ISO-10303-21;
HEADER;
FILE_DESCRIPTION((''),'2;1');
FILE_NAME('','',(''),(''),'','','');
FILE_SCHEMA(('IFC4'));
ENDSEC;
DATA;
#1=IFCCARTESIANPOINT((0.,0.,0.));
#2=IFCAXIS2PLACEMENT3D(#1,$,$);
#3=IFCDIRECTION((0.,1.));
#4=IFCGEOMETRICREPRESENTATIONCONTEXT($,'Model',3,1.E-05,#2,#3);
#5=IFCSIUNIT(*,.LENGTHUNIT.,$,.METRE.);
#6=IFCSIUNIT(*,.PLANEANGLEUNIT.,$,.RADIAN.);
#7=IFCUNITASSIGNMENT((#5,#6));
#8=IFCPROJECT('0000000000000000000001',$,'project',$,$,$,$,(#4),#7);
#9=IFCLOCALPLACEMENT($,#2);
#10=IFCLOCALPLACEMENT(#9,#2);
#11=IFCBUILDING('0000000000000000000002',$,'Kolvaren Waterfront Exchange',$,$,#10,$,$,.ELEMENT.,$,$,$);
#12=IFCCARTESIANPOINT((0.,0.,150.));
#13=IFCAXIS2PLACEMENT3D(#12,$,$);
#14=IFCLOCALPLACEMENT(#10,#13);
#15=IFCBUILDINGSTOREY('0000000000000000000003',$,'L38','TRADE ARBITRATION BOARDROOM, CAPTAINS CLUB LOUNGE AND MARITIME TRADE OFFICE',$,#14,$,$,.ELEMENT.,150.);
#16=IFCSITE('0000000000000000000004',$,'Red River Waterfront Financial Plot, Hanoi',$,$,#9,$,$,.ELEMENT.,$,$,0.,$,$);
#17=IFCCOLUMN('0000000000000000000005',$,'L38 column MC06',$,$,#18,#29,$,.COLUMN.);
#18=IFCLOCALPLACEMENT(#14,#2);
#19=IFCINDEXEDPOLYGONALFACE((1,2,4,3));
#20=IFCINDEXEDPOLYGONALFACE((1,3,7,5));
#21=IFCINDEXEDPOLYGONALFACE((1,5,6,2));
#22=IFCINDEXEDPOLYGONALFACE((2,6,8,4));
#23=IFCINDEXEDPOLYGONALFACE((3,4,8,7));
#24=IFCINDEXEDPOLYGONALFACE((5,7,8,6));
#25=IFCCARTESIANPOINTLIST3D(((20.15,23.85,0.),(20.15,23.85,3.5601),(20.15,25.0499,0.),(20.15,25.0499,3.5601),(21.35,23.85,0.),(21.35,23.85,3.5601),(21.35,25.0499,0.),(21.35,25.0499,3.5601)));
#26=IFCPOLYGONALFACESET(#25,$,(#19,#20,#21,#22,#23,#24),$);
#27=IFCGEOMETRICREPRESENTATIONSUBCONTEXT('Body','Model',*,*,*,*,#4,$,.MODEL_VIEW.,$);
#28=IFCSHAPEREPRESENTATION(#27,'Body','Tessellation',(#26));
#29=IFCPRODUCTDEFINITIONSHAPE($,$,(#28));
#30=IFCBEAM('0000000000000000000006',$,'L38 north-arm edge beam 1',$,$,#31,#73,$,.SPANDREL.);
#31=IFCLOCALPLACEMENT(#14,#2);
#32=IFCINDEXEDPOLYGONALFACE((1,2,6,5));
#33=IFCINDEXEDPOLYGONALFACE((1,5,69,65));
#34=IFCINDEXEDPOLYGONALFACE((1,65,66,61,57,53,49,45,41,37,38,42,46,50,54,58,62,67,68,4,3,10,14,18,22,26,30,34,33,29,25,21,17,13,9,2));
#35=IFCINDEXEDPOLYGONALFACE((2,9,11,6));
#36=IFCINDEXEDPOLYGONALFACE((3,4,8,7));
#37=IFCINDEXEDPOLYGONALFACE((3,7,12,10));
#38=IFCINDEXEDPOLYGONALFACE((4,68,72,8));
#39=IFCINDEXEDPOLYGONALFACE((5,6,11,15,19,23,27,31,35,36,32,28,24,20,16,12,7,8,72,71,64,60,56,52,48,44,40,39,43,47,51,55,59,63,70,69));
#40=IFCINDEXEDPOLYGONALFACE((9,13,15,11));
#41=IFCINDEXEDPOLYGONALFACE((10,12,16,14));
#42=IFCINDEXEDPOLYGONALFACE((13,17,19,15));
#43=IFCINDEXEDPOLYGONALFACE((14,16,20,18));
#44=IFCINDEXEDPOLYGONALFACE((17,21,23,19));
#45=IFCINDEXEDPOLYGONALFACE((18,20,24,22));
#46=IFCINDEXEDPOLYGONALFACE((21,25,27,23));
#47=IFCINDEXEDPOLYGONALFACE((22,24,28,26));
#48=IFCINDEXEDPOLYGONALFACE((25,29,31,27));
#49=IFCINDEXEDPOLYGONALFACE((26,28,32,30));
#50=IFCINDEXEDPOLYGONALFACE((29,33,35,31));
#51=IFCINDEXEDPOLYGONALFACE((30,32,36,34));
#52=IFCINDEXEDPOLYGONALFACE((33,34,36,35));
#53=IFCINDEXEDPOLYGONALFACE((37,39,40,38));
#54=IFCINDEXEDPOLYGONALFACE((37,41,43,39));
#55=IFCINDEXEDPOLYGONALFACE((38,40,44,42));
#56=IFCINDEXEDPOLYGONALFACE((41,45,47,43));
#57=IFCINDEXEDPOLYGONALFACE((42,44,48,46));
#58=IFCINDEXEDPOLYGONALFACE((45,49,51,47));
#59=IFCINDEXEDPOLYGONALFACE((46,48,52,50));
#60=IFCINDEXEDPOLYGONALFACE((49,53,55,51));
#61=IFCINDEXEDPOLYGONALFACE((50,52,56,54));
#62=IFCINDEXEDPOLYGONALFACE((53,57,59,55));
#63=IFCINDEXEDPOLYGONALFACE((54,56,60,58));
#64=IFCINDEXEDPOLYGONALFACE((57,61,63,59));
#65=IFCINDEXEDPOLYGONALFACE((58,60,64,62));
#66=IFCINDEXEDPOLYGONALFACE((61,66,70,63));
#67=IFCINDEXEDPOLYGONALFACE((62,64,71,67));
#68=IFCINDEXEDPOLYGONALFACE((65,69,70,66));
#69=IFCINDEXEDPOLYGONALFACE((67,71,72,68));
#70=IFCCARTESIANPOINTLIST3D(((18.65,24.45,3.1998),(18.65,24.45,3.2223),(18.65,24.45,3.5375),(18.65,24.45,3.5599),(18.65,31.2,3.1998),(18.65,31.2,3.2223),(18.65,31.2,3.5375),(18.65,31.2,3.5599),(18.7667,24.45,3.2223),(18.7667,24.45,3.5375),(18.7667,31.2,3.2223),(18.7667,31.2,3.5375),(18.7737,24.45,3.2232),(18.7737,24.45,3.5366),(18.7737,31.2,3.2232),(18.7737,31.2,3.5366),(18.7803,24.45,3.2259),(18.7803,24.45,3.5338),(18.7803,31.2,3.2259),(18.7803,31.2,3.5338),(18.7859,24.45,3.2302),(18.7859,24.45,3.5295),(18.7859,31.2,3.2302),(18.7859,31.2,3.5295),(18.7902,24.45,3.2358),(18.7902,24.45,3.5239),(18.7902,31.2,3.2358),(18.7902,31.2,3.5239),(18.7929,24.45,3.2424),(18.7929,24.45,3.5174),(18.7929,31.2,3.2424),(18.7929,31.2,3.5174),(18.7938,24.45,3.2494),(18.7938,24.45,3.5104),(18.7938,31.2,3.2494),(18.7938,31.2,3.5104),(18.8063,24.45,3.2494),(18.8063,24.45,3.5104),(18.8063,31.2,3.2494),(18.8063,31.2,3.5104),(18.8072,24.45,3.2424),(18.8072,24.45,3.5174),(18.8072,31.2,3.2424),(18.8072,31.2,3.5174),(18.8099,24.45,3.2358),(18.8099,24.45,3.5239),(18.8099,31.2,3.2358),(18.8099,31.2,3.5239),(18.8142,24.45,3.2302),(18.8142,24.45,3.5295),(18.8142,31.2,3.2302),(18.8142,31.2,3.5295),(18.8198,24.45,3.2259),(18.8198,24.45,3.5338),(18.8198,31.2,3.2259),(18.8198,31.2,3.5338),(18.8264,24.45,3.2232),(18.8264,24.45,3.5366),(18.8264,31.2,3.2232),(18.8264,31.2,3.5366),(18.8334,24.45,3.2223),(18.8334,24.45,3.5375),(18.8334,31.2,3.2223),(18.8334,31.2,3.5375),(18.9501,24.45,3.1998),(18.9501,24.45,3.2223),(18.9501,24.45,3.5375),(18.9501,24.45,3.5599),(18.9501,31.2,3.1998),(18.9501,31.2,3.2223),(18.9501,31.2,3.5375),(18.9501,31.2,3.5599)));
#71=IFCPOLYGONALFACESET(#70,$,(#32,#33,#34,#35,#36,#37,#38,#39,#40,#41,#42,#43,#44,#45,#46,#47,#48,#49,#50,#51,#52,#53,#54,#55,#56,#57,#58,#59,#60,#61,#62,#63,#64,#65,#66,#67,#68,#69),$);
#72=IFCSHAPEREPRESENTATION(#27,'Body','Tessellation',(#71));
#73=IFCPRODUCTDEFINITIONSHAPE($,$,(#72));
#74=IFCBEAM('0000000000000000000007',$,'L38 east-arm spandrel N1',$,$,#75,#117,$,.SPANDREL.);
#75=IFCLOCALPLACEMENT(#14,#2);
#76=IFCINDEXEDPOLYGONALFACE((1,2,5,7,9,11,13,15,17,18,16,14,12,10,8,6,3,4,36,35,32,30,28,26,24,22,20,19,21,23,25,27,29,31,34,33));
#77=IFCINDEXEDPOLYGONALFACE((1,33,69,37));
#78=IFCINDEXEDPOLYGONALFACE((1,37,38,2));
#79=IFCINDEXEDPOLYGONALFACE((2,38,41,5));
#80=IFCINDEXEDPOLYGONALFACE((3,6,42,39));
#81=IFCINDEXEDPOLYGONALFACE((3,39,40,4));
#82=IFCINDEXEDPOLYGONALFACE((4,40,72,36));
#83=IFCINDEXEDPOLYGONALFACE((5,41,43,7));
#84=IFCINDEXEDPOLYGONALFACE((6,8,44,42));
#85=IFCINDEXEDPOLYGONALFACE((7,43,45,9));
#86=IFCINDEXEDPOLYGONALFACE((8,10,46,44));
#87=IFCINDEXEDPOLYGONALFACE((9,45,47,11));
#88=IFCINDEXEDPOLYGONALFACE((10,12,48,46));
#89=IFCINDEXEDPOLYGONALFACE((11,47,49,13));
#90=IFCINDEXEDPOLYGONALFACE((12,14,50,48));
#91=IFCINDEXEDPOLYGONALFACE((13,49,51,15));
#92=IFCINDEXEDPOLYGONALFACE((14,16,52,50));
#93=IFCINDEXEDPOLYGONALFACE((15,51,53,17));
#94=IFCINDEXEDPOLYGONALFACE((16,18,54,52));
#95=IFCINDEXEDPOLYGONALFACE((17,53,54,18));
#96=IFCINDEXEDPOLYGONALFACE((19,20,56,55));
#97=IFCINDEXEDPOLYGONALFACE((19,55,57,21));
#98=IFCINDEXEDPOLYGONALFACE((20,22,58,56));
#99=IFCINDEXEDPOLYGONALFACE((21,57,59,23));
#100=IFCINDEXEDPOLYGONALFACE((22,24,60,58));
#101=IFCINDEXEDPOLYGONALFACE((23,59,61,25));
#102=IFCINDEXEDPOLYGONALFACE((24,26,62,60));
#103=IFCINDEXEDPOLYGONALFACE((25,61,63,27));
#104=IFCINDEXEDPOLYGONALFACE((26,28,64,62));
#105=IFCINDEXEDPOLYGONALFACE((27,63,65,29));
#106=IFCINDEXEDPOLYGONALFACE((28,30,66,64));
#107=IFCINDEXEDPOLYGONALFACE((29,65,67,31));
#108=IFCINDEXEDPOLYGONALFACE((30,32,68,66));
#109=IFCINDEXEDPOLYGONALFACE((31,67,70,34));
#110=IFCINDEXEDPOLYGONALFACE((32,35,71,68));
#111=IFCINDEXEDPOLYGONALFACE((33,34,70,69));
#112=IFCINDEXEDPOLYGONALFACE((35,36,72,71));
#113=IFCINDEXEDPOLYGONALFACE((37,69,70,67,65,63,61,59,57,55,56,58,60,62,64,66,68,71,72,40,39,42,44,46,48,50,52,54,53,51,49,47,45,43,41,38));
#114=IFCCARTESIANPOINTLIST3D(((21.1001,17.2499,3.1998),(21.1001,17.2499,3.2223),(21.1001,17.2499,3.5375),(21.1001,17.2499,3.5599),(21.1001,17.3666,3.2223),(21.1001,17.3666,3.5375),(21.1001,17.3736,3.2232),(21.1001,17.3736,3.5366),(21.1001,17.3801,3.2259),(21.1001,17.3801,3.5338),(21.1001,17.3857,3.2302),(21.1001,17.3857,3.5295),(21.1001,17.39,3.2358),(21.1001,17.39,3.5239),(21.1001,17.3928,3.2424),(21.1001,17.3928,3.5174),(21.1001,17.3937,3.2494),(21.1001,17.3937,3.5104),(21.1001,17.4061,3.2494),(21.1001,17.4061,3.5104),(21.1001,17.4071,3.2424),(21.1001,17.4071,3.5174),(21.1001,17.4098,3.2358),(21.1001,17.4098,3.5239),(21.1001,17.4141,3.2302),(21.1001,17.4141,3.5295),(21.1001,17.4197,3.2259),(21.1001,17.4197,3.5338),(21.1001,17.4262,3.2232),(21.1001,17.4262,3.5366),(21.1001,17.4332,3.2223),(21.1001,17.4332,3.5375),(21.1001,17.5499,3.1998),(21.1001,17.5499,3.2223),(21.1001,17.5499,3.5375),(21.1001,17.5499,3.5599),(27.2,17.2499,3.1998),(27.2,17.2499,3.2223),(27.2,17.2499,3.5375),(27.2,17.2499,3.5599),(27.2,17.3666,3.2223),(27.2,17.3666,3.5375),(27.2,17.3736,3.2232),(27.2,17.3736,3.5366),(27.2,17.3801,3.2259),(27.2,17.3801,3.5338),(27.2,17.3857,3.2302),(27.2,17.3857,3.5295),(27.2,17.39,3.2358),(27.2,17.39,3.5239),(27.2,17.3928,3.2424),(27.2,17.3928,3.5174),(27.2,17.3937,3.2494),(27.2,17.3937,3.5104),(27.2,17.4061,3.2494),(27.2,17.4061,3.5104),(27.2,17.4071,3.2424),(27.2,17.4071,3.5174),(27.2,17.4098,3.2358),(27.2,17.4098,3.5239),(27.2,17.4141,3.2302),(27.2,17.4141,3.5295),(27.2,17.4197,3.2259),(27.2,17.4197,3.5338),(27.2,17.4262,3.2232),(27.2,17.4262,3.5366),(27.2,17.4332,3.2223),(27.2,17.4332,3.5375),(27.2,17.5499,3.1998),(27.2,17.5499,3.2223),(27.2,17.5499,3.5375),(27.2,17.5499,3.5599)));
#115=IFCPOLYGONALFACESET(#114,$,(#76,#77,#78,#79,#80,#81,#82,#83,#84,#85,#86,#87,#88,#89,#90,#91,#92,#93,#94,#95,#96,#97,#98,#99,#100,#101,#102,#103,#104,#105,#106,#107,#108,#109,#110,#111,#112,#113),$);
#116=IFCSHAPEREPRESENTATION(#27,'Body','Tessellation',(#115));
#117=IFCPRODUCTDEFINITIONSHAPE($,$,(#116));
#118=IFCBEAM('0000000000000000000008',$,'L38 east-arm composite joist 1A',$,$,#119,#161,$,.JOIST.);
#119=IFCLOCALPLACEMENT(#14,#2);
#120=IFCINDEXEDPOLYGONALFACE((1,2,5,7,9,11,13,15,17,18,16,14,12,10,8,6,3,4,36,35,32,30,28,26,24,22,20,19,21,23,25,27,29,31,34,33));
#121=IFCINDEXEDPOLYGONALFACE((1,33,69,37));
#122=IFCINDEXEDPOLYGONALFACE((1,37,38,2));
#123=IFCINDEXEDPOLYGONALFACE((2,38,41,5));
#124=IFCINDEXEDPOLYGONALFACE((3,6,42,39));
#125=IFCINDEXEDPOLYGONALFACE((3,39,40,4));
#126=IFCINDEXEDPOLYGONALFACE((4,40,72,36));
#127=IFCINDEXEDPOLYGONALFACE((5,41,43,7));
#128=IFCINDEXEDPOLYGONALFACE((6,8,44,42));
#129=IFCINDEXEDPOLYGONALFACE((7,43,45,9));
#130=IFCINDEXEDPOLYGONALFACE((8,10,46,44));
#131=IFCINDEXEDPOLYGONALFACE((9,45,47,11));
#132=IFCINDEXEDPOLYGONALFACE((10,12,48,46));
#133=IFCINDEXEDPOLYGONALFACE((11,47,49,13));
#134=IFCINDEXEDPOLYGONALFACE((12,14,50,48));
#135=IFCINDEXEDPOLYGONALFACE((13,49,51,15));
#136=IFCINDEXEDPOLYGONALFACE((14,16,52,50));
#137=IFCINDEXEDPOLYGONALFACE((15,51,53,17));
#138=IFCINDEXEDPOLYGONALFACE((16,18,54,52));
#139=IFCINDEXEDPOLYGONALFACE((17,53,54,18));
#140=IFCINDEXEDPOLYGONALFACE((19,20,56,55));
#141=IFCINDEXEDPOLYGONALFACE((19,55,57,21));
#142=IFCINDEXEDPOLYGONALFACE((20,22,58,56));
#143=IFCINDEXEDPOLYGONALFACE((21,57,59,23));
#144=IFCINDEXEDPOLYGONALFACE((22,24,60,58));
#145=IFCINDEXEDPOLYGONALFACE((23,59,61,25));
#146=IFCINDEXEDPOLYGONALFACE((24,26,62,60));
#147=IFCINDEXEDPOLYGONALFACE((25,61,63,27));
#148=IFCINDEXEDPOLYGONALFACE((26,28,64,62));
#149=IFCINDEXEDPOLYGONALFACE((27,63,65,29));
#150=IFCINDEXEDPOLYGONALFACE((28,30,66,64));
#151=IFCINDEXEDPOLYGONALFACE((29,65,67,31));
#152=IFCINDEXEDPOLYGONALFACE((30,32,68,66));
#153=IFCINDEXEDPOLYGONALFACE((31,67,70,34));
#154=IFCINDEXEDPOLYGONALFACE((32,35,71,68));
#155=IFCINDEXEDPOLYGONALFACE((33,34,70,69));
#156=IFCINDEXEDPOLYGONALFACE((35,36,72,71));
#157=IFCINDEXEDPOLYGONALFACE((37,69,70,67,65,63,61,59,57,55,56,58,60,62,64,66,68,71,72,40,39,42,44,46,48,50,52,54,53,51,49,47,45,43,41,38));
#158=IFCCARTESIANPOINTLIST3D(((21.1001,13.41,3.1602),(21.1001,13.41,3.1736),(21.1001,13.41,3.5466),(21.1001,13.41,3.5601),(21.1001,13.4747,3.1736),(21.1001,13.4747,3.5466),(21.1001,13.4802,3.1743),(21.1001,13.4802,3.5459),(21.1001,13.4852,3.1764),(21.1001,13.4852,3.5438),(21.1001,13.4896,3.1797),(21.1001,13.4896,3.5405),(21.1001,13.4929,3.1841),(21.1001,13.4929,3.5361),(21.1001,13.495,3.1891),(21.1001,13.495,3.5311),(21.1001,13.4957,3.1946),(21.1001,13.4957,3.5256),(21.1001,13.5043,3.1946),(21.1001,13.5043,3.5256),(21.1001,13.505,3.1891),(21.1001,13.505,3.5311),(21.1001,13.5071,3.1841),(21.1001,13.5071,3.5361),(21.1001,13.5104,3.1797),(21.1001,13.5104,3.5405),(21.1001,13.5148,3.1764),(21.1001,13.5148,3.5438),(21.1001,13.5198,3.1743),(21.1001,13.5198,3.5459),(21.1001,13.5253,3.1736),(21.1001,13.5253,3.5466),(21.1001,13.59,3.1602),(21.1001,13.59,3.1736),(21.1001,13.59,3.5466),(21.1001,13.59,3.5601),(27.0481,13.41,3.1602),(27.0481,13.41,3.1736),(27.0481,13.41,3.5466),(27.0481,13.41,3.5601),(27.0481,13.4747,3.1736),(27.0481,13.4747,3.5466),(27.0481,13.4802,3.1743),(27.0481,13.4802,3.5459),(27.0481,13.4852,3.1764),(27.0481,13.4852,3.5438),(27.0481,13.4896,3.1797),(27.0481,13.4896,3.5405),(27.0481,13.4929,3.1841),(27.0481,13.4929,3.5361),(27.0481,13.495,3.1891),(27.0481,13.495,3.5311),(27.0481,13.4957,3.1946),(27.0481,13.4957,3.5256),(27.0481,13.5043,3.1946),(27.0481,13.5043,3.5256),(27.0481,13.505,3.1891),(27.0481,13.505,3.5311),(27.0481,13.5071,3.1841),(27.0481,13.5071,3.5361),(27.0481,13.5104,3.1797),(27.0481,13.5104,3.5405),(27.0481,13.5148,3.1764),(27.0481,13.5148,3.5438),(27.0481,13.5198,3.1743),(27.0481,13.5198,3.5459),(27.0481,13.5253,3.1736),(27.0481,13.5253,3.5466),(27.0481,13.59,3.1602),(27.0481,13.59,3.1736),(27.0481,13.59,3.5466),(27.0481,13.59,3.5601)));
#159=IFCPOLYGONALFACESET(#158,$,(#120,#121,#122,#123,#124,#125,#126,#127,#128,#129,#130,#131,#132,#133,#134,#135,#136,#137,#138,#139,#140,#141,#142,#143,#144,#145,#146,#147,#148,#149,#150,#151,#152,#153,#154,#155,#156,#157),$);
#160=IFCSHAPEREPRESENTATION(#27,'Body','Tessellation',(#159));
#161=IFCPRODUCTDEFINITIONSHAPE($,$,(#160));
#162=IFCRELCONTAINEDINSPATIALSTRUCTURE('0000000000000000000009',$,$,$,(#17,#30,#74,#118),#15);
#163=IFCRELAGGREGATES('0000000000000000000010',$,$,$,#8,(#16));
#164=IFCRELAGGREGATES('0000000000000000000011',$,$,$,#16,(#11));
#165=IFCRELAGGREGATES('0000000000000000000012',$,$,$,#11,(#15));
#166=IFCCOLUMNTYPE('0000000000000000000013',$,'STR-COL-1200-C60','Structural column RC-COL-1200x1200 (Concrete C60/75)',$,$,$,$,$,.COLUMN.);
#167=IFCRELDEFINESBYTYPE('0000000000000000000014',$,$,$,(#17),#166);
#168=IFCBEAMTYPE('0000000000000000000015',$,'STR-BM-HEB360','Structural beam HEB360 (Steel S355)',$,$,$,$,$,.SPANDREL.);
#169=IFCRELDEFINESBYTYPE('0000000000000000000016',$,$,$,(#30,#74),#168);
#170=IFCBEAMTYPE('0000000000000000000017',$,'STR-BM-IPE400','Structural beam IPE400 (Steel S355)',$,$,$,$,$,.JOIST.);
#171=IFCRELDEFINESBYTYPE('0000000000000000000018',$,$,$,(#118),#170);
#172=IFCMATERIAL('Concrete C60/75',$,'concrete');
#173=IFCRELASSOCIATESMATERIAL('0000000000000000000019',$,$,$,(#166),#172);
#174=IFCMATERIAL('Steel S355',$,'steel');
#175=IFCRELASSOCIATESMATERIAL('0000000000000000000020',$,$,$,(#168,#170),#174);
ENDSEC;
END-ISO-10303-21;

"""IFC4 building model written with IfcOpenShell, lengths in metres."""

from ifc_helpers import new_model, si_unit, direction, frame, origin, origin_2d, place, context, subcontext, project, spatial, rectangle, i_section, extrude, material, material_profile, profile_set, type_object, element, save


model = new_model("IFC4")

# Units and contexts
model_context = context("Model", 3, precision=1e-05, world=origin(), true_north=direction((0.0, 1.0)))
body_context = subcontext(model_context, "Body", "Model", "MODEL_VIEW")
ifc_project = project(units=[si_unit("LENGTHUNIT", "METRE"), si_unit("PLANEANGLEUNIT", "RADIAN")], contexts=[model_context])

# Site, building, storey
site_placement = place(None, origin())
site = spatial("IfcSite", under=ifc_project, at=site_placement, Name="Red River Waterfront Financial Plot, Hanoi", CompositionType="ELEMENT", RefElevation=0.0)
building_placement = place(site_placement, origin())
building = spatial("IfcBuilding", under=site, at=building_placement, Name="Kolvaren Waterfront Exchange", CompositionType="ELEMENT")
storey_placement = place(building_placement, frame((0.0, 0.0, 150.0)))
storey = spatial("IfcBuildingStorey", under=building, at=storey_placement, Name="L38", Description="TRADE ARBITRATION BOARDROOM, CAPTAINS CLUB LOUNGE AND MARITIME TRADE OFFICE", CompositionType="ELEMENT", Elevation=150.0)

# Column
ifc_material_1 = material(Name="Concrete C60/75", Category="concrete")
ifc_material_profile_1 = material_profile(ifc_material_1, rectangle(XDim=1.2, YDim=1.2, at=origin_2d()), Name="RC-COL-1200x1200")
ifc_profile_set_1 = profile_set([ifc_material_profile_1], Name="Concrete C60/75")
column_type = type_object("IfcColumnType", Name="STR-COL-1200-C60", Description="Structural column RC-COL-1200x1200 (Concrete C60/75)", PredefinedType="COLUMN", material=ifc_profile_set_1)
column_placement = place(storey_placement, frame((20.75, 24.45, 0.0), z_axis=(0.0, 0.0, 1.0), x_axis=(1.0, 0.0, 0.0)))
element("IfcColumn", 1, at=column_placement, inside=storey, type_object=column_type, Name="L38 column MC06", PredefinedType="COLUMN", context=body_context, shape_type="SweptSolid", body=[
    extrude(rectangle(XDim=1.2, YDim=1.2, at=origin_2d()), origin(), (0.0, 0.0, 1.0), 3.5601),
])

# Beams
ifc_material_2 = material(Name="Steel S355", Category="steel")
ifc_material_profile_2 = material_profile(ifc_material_2, i_section(OverallWidth=0.3, OverallDepth=0.3601, WebThickness=0.0125, FlangeThickness=0.0225, FilletRadius=0.0271, at=origin_2d()), Name="HEB360")
ifc_profile_set_2 = profile_set([ifc_material_profile_2], Name="Steel S355")
beam_type_1 = type_object("IfcBeamType", Name="STR-BM-HEB360", Description="Structural beam HEB360 (Steel S355)", PredefinedType="SPANDREL", material=ifc_profile_set_2)
beam_1_placement = place(storey_placement, frame((18.8, 24.45, 3.3799), z_axis=(0.0, 1.0, 0.0), x_axis=(-1.0, 0.0, 0.0)))
element("IfcBeam", 2, at=beam_1_placement, inside=storey, type_object=beam_type_1, Name="L38 north-arm edge beam 1", PredefinedType="SPANDREL", context=body_context, shape_type="SweptSolid", body=[
    extrude(i_section(OverallWidth=0.3, OverallDepth=0.3601, WebThickness=0.0125, FlangeThickness=0.0225, FilletRadius=0.0271, at=origin_2d()), origin(), (0.0, 0.0, 1.0), 6.75),
])
beam_2_placement = place(storey_placement, frame((21.1001, 17.3999, 3.3799), z_axis=(1.0, 0.0, 0.0), x_axis=(0.0, 1.0, 0.0)))
element("IfcBeam", 3, at=beam_2_placement, inside=storey, type_object=beam_type_1, Name="L38 east-arm spandrel N1", PredefinedType="SPANDREL", context=body_context, shape_type="SweptSolid", body=[
    extrude(i_section(OverallWidth=0.3, OverallDepth=0.3601, WebThickness=0.0125, FlangeThickness=0.0225, FilletRadius=0.0271, at=origin_2d()), origin(), (0.0, 0.0, 1.0), 6.0999),
])
ifc_material_profile_3 = material_profile(ifc_material_2, i_section(OverallWidth=0.1799, OverallDepth=0.3999, WebThickness=0.0085, FlangeThickness=0.0134, FilletRadius=0.021, at=origin_2d()), Name="IPE400")
ifc_profile_set_3 = profile_set([ifc_material_profile_3], Name="Steel S355")
beam_type_2 = type_object("IfcBeamType", Name="STR-BM-IPE400", Description="Structural beam IPE400 (Steel S355)", PredefinedType="JOIST", material=ifc_profile_set_3)
for number, where, z_axis, x_axis, name in (
    (4, (21.1001, 13.5, 3.3601), (1.0, 0.0, 0.0), (0.0, 1.0, 0.0), "L38 east-arm composite joist 1A"),
):
    element("IfcBeam", number, at=place(storey_placement, frame(where, z_axis=z_axis, x_axis=x_axis)), inside=storey, type_object=beam_type_2, Name=name, PredefinedType="JOIST", context=body_context, shape_type="SweptSolid", body=[
        extrude(i_section(OverallWidth=0.1799, OverallDepth=0.3999, WebThickness=0.0085, FlangeThickness=0.0134, FilletRadius=0.021, at=origin_2d()), origin(), (0.0, 0.0, 1.0), 5.948),
    ])

save(model, "model.ifc")
